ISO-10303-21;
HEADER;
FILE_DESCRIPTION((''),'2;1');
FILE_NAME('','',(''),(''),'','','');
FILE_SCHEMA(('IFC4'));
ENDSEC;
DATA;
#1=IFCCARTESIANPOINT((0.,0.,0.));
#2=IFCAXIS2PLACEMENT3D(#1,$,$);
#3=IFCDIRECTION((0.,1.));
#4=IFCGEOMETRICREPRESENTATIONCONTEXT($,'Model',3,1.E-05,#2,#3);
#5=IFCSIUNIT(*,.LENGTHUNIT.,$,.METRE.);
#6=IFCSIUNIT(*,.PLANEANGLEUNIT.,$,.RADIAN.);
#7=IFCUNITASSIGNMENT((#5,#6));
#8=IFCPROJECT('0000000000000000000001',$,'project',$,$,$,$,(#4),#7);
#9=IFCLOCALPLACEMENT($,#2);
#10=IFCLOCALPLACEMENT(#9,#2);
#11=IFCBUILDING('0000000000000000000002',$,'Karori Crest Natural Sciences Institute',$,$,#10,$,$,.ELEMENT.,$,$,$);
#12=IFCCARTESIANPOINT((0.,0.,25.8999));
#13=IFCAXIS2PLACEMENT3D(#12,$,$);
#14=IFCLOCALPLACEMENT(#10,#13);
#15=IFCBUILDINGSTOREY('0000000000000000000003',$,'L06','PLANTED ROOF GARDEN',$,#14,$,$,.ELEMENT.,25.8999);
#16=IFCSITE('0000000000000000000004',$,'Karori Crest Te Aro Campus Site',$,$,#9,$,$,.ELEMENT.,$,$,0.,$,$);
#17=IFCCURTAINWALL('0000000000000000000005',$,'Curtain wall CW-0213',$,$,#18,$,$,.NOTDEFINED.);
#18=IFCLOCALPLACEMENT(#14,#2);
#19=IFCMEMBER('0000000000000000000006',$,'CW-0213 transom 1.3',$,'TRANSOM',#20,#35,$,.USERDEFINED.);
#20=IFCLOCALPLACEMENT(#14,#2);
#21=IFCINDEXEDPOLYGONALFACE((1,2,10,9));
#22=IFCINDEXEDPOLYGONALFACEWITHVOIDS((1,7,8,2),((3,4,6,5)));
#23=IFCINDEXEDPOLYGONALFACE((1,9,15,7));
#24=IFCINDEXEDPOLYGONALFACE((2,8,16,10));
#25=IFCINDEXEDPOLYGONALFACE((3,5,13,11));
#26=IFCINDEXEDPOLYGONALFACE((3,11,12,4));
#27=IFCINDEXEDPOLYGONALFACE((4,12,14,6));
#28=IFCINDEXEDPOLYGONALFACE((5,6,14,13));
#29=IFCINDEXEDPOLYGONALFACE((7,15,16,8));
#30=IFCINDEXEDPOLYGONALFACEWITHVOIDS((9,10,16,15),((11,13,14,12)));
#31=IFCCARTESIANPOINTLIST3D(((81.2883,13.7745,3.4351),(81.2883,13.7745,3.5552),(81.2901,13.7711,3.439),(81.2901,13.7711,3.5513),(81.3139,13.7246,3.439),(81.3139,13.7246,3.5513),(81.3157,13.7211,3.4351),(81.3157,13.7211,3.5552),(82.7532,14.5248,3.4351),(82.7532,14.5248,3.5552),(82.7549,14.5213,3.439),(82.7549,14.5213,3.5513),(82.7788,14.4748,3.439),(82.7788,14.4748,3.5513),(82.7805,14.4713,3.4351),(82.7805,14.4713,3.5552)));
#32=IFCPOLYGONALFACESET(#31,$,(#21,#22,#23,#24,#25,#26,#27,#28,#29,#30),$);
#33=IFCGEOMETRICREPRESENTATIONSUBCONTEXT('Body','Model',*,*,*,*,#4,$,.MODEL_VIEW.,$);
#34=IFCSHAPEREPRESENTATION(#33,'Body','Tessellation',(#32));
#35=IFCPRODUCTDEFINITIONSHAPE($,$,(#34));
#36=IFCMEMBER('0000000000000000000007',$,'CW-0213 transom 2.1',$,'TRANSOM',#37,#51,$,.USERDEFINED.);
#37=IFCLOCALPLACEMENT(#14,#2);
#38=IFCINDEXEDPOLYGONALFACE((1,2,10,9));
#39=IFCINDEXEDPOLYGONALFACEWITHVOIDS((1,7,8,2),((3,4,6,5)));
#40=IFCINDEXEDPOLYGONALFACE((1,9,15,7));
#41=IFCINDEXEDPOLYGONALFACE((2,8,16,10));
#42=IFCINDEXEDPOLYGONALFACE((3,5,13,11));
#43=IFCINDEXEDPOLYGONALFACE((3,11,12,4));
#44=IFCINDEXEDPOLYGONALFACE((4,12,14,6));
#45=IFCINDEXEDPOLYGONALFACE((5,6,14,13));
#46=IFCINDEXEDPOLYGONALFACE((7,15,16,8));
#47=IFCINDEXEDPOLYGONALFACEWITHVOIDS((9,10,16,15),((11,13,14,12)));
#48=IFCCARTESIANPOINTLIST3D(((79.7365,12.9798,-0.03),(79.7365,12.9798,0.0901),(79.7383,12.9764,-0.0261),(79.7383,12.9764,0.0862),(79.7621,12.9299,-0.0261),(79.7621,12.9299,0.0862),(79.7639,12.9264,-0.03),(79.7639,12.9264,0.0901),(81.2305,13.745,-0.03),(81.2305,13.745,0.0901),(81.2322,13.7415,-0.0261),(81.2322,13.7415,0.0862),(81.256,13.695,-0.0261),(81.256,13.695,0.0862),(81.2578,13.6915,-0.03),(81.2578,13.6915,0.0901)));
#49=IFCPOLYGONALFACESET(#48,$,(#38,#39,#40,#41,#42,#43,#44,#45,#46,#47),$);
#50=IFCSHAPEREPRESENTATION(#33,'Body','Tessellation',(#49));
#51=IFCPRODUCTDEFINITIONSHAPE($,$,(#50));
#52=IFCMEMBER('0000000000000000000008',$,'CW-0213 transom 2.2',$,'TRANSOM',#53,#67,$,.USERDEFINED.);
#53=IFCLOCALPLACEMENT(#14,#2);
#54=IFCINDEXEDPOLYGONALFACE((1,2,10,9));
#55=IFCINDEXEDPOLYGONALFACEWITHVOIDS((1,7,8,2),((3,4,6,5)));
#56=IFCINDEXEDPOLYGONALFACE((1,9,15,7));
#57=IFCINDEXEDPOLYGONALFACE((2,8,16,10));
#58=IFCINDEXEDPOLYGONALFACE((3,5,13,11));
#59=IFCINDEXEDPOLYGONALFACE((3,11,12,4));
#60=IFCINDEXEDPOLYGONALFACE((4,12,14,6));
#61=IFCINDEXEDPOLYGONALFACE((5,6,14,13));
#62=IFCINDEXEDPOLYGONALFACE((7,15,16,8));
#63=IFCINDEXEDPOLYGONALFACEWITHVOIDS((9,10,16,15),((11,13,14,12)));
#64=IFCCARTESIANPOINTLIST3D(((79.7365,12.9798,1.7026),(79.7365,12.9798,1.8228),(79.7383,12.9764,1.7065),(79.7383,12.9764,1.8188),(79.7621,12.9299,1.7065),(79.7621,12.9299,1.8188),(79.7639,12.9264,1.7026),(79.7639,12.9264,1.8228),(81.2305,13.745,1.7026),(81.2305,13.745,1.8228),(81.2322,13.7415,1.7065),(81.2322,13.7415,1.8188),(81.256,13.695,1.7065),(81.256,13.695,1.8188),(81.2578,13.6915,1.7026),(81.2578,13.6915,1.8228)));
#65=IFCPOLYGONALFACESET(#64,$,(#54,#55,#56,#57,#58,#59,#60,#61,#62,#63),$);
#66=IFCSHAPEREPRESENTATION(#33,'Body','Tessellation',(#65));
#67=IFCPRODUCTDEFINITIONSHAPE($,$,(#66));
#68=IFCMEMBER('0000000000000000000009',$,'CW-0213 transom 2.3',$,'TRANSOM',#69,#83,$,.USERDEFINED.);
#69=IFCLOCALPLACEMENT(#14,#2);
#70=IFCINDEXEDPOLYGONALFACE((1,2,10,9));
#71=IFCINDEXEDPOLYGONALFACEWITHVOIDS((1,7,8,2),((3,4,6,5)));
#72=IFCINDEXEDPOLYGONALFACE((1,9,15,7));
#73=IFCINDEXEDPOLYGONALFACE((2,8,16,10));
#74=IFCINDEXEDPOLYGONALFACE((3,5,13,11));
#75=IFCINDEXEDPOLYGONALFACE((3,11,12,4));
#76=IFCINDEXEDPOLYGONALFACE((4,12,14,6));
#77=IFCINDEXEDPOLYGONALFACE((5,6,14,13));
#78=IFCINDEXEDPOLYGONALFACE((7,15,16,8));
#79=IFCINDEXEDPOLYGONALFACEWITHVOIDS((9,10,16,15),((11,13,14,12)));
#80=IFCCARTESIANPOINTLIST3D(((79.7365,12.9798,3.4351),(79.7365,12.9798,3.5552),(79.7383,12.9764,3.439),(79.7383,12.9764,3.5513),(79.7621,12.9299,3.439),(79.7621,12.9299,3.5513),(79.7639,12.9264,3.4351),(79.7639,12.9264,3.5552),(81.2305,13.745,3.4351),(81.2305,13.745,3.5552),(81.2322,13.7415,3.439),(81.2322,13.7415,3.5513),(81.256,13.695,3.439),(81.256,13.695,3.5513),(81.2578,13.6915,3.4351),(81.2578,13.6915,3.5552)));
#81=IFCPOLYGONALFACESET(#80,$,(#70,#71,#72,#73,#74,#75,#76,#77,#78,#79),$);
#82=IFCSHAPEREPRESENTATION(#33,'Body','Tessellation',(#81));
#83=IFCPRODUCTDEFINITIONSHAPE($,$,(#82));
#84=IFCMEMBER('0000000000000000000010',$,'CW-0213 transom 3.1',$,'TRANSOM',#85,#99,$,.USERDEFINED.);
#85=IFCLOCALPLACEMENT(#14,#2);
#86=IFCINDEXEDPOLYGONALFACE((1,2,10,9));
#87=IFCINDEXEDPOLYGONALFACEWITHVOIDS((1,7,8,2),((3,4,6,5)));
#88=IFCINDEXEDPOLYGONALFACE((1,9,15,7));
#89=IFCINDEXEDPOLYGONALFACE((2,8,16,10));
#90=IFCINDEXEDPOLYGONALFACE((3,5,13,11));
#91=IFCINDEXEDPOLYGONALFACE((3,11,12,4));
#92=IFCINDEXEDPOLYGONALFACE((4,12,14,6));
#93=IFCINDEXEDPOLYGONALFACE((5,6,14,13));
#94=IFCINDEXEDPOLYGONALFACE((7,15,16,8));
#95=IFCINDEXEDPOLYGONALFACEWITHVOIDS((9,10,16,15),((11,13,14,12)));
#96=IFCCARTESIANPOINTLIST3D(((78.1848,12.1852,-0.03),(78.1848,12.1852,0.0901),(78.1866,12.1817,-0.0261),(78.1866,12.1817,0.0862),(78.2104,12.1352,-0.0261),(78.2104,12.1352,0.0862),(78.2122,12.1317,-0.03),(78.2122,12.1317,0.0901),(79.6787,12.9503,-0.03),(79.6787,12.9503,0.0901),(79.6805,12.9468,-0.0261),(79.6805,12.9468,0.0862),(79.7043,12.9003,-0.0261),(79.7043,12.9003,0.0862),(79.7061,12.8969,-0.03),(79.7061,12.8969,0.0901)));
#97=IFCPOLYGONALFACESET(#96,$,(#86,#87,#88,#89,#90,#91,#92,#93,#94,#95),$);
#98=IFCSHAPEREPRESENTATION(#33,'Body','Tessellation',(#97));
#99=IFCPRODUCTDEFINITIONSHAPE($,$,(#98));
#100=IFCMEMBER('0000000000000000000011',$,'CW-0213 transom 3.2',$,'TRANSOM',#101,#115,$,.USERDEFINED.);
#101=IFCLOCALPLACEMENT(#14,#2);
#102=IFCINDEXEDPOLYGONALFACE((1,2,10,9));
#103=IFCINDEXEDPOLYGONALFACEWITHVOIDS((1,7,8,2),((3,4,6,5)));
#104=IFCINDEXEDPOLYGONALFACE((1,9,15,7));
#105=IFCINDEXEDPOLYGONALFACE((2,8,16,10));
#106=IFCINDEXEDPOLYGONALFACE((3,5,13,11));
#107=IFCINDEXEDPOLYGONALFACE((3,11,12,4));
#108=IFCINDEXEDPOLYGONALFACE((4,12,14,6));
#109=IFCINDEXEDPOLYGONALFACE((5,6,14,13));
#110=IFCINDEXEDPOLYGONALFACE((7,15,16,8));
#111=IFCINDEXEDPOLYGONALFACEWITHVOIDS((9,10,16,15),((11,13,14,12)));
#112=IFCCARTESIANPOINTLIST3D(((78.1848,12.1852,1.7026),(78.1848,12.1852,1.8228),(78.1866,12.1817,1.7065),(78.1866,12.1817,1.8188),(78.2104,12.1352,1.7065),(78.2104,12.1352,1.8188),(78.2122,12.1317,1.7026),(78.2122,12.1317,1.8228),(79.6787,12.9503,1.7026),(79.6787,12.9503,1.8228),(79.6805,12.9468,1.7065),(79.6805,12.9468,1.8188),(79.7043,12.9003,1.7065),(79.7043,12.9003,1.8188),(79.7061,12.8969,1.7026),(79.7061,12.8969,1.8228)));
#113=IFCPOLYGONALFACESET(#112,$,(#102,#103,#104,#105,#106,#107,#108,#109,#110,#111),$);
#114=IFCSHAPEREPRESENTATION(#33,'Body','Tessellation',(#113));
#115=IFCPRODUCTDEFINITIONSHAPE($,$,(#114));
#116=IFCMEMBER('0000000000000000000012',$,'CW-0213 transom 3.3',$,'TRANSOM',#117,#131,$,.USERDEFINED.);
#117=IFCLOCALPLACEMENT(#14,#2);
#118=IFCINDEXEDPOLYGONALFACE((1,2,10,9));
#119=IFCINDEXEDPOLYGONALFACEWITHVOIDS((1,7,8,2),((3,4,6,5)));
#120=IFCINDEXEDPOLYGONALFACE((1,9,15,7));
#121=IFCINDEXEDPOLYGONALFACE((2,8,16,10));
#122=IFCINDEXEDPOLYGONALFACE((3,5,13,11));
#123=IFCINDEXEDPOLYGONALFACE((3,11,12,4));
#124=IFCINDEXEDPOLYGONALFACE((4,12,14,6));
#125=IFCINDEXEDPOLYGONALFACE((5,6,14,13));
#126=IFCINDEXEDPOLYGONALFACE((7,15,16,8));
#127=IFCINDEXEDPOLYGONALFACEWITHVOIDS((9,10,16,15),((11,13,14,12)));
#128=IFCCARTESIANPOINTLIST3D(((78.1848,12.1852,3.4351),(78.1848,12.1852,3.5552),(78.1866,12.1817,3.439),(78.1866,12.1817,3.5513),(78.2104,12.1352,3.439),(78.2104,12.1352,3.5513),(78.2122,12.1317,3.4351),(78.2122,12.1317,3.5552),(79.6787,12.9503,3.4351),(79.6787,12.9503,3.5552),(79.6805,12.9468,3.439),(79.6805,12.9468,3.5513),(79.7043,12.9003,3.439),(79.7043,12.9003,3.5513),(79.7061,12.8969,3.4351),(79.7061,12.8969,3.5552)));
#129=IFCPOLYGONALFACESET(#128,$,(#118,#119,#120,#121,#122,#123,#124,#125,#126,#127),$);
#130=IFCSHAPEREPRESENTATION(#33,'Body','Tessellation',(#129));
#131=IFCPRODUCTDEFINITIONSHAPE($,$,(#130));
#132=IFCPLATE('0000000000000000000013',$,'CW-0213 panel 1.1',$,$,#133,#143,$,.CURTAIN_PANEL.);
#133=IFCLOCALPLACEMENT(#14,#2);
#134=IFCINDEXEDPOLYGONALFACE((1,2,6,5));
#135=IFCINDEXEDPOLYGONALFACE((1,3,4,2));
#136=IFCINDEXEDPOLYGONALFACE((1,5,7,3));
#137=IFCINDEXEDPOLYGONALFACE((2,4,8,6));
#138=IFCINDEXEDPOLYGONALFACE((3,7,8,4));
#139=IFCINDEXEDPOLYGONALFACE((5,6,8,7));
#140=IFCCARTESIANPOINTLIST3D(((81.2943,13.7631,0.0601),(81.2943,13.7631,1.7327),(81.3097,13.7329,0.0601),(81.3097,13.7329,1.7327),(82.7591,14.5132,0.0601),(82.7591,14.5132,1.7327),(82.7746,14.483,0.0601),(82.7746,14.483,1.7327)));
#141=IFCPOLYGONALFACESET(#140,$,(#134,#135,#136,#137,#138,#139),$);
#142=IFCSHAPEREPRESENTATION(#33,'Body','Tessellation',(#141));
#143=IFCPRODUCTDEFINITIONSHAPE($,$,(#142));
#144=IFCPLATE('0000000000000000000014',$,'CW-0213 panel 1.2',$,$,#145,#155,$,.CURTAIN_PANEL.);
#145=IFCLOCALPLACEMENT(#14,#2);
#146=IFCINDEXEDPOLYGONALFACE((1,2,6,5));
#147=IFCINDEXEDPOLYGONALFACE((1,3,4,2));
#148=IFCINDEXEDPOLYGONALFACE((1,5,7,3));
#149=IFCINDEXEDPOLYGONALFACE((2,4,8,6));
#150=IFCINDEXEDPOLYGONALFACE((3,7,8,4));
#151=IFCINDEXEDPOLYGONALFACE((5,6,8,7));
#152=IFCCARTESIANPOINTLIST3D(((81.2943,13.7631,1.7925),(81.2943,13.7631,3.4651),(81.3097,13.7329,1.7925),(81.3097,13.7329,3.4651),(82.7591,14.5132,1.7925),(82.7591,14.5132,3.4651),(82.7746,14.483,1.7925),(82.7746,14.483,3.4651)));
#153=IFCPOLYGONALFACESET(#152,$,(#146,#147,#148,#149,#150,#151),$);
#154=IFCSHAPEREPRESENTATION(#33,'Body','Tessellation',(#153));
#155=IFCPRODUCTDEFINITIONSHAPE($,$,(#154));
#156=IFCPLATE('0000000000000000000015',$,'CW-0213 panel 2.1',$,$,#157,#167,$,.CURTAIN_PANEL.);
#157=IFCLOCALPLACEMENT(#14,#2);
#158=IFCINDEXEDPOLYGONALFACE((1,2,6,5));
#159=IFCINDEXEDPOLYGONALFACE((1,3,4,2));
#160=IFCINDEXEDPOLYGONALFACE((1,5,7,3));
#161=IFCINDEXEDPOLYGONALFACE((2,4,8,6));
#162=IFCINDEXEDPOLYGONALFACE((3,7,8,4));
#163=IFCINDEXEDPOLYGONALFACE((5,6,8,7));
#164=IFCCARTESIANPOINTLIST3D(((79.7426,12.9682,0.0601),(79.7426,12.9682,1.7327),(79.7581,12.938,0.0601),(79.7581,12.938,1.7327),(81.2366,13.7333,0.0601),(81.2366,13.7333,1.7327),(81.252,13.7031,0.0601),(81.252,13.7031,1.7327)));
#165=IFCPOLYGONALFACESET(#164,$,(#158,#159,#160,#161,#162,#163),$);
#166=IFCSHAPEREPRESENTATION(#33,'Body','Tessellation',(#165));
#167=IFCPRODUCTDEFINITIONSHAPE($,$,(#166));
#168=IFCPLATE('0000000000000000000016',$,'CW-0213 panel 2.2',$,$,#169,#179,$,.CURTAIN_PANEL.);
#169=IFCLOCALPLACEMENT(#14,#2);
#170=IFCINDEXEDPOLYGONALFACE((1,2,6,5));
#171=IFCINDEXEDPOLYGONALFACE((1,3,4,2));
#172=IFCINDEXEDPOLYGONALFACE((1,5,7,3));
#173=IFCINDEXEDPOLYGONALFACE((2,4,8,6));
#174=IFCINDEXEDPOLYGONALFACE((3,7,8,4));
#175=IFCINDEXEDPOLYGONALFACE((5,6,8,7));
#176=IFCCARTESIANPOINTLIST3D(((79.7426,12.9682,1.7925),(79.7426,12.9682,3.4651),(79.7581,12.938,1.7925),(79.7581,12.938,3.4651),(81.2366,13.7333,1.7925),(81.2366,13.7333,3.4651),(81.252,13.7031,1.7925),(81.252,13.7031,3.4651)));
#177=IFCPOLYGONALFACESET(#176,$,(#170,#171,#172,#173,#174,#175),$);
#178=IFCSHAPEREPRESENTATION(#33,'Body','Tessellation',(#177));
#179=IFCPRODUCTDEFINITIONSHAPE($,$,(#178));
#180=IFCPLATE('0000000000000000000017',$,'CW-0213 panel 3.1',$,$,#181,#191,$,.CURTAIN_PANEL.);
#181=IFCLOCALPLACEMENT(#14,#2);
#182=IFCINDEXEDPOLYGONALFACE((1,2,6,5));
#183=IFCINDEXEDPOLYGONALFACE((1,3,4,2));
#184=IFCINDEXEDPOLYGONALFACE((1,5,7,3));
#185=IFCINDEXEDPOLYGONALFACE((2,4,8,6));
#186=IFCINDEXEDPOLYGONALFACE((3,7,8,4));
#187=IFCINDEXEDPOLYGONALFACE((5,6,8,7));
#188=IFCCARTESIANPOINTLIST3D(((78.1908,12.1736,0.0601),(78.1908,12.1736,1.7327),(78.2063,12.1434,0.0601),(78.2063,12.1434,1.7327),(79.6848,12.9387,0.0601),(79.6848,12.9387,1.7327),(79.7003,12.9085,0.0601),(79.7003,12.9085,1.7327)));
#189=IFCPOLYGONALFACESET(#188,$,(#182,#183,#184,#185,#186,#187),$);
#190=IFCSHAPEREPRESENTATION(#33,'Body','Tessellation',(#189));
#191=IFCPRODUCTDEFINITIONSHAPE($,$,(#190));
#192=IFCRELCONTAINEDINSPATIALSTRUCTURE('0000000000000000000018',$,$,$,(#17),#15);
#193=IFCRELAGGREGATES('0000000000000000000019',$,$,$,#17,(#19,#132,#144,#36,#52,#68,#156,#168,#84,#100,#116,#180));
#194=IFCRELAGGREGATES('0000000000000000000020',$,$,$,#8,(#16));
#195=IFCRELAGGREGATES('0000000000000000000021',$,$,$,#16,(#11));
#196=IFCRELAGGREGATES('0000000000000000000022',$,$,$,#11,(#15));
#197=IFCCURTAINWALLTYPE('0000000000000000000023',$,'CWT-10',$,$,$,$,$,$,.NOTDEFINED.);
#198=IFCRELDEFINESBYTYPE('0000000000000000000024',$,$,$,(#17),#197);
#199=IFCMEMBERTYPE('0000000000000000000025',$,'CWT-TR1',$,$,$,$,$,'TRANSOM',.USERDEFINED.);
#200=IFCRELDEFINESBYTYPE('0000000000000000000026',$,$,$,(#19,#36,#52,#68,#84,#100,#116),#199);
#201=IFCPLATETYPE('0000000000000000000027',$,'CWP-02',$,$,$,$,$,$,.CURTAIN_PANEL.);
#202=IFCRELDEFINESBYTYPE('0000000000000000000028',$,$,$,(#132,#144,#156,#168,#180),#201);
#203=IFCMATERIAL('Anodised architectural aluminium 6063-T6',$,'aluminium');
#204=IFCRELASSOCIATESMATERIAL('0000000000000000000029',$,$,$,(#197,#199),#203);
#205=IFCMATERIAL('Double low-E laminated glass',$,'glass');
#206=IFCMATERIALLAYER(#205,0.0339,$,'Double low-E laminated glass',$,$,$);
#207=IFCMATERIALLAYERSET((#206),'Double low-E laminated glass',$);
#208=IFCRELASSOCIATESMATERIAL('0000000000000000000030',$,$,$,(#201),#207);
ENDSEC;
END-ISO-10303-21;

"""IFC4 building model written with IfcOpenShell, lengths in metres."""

from ifc_helpers import new_model, si_unit, direction, frame, origin, origin_2d, place, context, subcontext, project, spatial, rectangle, hollow_rectangle, extrude, material, layer, layer_set, material_profile, profile_set, type_object, element, aggregate, save


model = new_model("IFC4")

# Units and contexts
model_context = context("Model", 3, precision=1e-05, world=origin(), true_north=direction((0.0, 1.0)))
body_context = subcontext(model_context, "Body", "Model", "MODEL_VIEW")
ifc_project = project(units=[si_unit("LENGTHUNIT", "METRE"), si_unit("PLANEANGLEUNIT", "RADIAN")], contexts=[model_context])

# Site, building, storey
site_placement = place(None, origin())
site = spatial("IfcSite", under=ifc_project, at=site_placement, Name="Karori Crest Te Aro Campus Site", CompositionType="ELEMENT", RefElevation=0.0)
building_placement = place(site_placement, origin())
building = spatial("IfcBuilding", under=site, at=building_placement, Name="Karori Crest Natural Sciences Institute", CompositionType="ELEMENT")
storey_placement = place(building_placement, frame((0.0, 0.0, 25.8999)))
storey = spatial("IfcBuildingStorey", under=building, at=storey_placement, Name="L06", Description="PLANTED ROOF GARDEN", CompositionType="ELEMENT", Elevation=25.8999)

# Curtain wall
ifc_material_1 = material(Name="Anodised architectural aluminium 6063-T6", Category="aluminium")
curtain_wall_type_1 = type_object("IfcCurtainWallType", Name="CWT-10", PredefinedType="NOTDEFINED", material=ifc_material_1)
curtain_wall_1_placement = place(storey_placement, origin())
curtain_wall_1 = element("IfcCurtainWall", 1, at=curtain_wall_1_placement, inside=storey, type_object=curtain_wall_type_1, Name="Curtain wall CW-0213", PredefinedType="NOTDEFINED")

# Members
ifc_material_profile_1 = material_profile(ifc_material_1, hollow_rectangle(XDim=0.0601, YDim=0.1201, WallThickness=0.0039, at=origin_2d()), Name="CWT120x60x4")
ifc_profile_set_1 = profile_set([ifc_material_profile_1], Name="Anodised architectural aluminium 6063-T6")
member_type_1 = type_object("IfcMemberType", Name="CWT-TR1", ElementType="TRANSOM", PredefinedType="USERDEFINED", material=ifc_profile_set_1)
member_1_placement = place(storey_placement, frame((82.7668, 14.498, 3.4951), z_axis=(-0.890054, -0.455856, 0.0), x_axis=(0.455856, -0.890054, 0.0)))
member_1 = element("IfcMember", 2, at=member_1_placement, type_object=member_type_1, Name="CW-0213 transom 1.3", ObjectType="TRANSOM", PredefinedType="USERDEFINED", context=body_context, shape_type="SweptSolid", body=[
    extrude(hollow_rectangle(XDim=0.0601, YDim=0.1201, WallThickness=0.0039, at=origin_2d()), origin(), (0.0, 0.0, 1.0), 1.6458),
])
member_2_placement = place(storey_placement, frame((81.2441, 13.7183, 0.03), z_axis=(-0.890051, -0.455862, 0.0), x_axis=(0.455862, -0.890051, 0.0)))
member_2 = element("IfcMember", 3, at=member_2_placement, type_object=member_type_1, Name="CW-0213 transom 2.1", ObjectType="TRANSOM", PredefinedType="USERDEFINED", context=body_context, shape_type="SweptSolid", body=[
    extrude(hollow_rectangle(XDim=0.0601, YDim=0.1201, WallThickness=0.0039, at=origin_2d()), origin(), (0.0, 0.0, 1.0), 1.6785),
])
member_3_placement = place(storey_placement, frame((81.2441, 13.7183, 1.7627), z_axis=(-0.890051, -0.455862, 0.0), x_axis=(0.455862, -0.890051, 0.0)))
member_3 = element("IfcMember", 4, at=member_3_placement, type_object=member_type_1, Name="CW-0213 transom 2.2", ObjectType="TRANSOM", PredefinedType="USERDEFINED", context=body_context, shape_type="SweptSolid", body=[
    extrude(hollow_rectangle(XDim=0.0601, YDim=0.1201, WallThickness=0.0039, at=origin_2d()), origin(), (0.0, 0.0, 1.0), 1.6785),
])
member_4_placement = place(storey_placement, frame((81.2441, 13.7183, 3.4951), z_axis=(-0.890051, -0.455862, 0.0), x_axis=(0.455862, -0.890051, 0.0)))
member_4 = element("IfcMember", 5, at=member_4_placement, type_object=member_type_1, Name="CW-0213 transom 2.3", ObjectType="TRANSOM", PredefinedType="USERDEFINED", context=body_context, shape_type="SweptSolid", body=[
    extrude(hollow_rectangle(XDim=0.0601, YDim=0.1201, WallThickness=0.0039, at=origin_2d()), origin(), (0.0, 0.0, 1.0), 1.6785),
])
member_5_placement = place(storey_placement, frame((79.6924, 12.9236, 0.03), z_axis=(-0.890051, -0.455862, 0.0), x_axis=(0.455862, -0.890051, 0.0)))
member_5 = element("IfcMember", 6, at=member_5_placement, type_object=member_type_1, Name="CW-0213 transom 3.1", ObjectType="TRANSOM", PredefinedType="USERDEFINED", context=body_context, shape_type="SweptSolid", body=[
    extrude(hollow_rectangle(XDim=0.0601, YDim=0.1201, WallThickness=0.0039, at=origin_2d()), origin(), (0.0, 0.0, 1.0), 1.6785),
])
member_6_placement = place(storey_placement, frame((79.6924, 12.9236, 1.7627), z_axis=(-0.890051, -0.455862, 0.0), x_axis=(0.455862, -0.890051, 0.0)))
member_6 = element("IfcMember", 7, at=member_6_placement, type_object=member_type_1, Name="CW-0213 transom 3.2", ObjectType="TRANSOM", PredefinedType="USERDEFINED", context=body_context, shape_type="SweptSolid", body=[
    extrude(hollow_rectangle(XDim=0.0601, YDim=0.1201, WallThickness=0.0039, at=origin_2d()), origin(), (0.0, 0.0, 1.0), 1.6785),
])
member_7_placement = place(storey_placement, frame((79.6924, 12.9236, 3.4951), z_axis=(-0.890051, -0.455862, 0.0), x_axis=(0.455862, -0.890051, 0.0)))
member_7 = element("IfcMember", 8, at=member_7_placement, type_object=member_type_1, Name="CW-0213 transom 3.3", ObjectType="TRANSOM", PredefinedType="USERDEFINED", context=body_context, shape_type="SweptSolid", body=[
    extrude(hollow_rectangle(XDim=0.0601, YDim=0.1201, WallThickness=0.0039, at=origin_2d()), origin(), (0.0, 0.0, 1.0), 1.6785),
])

# Plates
ifc_material_2 = material(Name="Double low-E laminated glass", Category="glass")
ifc_layer_1 = layer(ifc_material_2, 0.0339, Name="Double low-E laminated glass")
ifc_layer_set_1 = layer_set([ifc_layer_1], Name="Double low-E laminated glass")
plate_type = type_object("IfcPlateType", Name="CWP-02", PredefinedType="CURTAIN_PANEL", material=ifc_layer_set_1)
plate_1_placement = place(storey_placement, frame((82.0344, 14.123, 0.0601), z_axis=(0.0, 0.0, 1.0), x_axis=(-0.890067, -0.455829, 0.0)))
plate_1 = element("IfcPlate", 9, at=plate_1_placement, type_object=plate_type, Name="CW-0213 panel 1.1", PredefinedType="CURTAIN_PANEL", context=body_context, shape_type="SweptSolid", body=[
    extrude(rectangle(XDim=1.6458, YDim=0.0339, at=origin_2d()), origin(), (0.0, 0.0, 1.0), 1.6726),
])
plate_2_placement = place(storey_placement, frame((82.0344, 14.123, 1.7925), z_axis=(0.0, 0.0, 1.0), x_axis=(-0.890067, -0.455829, 0.0)))
plate_2 = element("IfcPlate", 10, at=plate_2_placement, type_object=plate_type, Name="CW-0213 panel 1.2", PredefinedType="CURTAIN_PANEL", context=body_context, shape_type="SweptSolid", body=[
    extrude(rectangle(XDim=1.6458, YDim=0.0339, at=origin_2d()), origin(), (0.0, 0.0, 1.0), 1.6726),
])
plate_3_placement = place(storey_placement, frame((80.4973, 13.3357, 0.0601), z_axis=(0.0, 0.0, 1.0), x_axis=(-0.890067, -0.455829, 0.0)))
plate_3 = element("IfcPlate", 11, at=plate_3_placement, type_object=plate_type, Name="CW-0213 panel 2.1", PredefinedType="CURTAIN_PANEL", context=body_context, shape_type="SweptSolid", body=[
    extrude(rectangle(XDim=1.6785, YDim=0.0339, at=origin_2d()), origin(), (0.0, 0.0, 1.0), 1.6726),
])
plate_4_placement = place(storey_placement, frame((80.4973, 13.3357, 1.7925), z_axis=(0.0, 0.0, 1.0), x_axis=(-0.890067, -0.455829, 0.0)))
plate_4 = element("IfcPlate", 12, at=plate_4_placement, type_object=plate_type, Name="CW-0213 panel 2.2", PredefinedType="CURTAIN_PANEL", context=body_context, shape_type="SweptSolid", body=[
    extrude(rectangle(XDim=1.6785, YDim=0.0339, at=origin_2d()), origin(), (0.0, 0.0, 1.0), 1.6726),
])
plate_5_placement = place(storey_placement, frame((78.9456, 12.541, 0.0601), z_axis=(0.0, 0.0, 1.0), x_axis=(-0.890067, -0.455829, 0.0)))
plate_5 = element("IfcPlate", 13, at=plate_5_placement, type_object=plate_type, Name="CW-0213 panel 3.1", PredefinedType="CURTAIN_PANEL", context=body_context, shape_type="SweptSolid", body=[
    extrude(rectangle(XDim=1.6785, YDim=0.0339, at=origin_2d()), origin(), (0.0, 0.0, 1.0), 1.6726),
])
aggregate(curtain_wall_1, [member_1, plate_1, plate_2, member_2, member_3, member_4, plate_3, plate_4, member_5, member_6, member_7, plate_5])

save(model, "model.ifc")
